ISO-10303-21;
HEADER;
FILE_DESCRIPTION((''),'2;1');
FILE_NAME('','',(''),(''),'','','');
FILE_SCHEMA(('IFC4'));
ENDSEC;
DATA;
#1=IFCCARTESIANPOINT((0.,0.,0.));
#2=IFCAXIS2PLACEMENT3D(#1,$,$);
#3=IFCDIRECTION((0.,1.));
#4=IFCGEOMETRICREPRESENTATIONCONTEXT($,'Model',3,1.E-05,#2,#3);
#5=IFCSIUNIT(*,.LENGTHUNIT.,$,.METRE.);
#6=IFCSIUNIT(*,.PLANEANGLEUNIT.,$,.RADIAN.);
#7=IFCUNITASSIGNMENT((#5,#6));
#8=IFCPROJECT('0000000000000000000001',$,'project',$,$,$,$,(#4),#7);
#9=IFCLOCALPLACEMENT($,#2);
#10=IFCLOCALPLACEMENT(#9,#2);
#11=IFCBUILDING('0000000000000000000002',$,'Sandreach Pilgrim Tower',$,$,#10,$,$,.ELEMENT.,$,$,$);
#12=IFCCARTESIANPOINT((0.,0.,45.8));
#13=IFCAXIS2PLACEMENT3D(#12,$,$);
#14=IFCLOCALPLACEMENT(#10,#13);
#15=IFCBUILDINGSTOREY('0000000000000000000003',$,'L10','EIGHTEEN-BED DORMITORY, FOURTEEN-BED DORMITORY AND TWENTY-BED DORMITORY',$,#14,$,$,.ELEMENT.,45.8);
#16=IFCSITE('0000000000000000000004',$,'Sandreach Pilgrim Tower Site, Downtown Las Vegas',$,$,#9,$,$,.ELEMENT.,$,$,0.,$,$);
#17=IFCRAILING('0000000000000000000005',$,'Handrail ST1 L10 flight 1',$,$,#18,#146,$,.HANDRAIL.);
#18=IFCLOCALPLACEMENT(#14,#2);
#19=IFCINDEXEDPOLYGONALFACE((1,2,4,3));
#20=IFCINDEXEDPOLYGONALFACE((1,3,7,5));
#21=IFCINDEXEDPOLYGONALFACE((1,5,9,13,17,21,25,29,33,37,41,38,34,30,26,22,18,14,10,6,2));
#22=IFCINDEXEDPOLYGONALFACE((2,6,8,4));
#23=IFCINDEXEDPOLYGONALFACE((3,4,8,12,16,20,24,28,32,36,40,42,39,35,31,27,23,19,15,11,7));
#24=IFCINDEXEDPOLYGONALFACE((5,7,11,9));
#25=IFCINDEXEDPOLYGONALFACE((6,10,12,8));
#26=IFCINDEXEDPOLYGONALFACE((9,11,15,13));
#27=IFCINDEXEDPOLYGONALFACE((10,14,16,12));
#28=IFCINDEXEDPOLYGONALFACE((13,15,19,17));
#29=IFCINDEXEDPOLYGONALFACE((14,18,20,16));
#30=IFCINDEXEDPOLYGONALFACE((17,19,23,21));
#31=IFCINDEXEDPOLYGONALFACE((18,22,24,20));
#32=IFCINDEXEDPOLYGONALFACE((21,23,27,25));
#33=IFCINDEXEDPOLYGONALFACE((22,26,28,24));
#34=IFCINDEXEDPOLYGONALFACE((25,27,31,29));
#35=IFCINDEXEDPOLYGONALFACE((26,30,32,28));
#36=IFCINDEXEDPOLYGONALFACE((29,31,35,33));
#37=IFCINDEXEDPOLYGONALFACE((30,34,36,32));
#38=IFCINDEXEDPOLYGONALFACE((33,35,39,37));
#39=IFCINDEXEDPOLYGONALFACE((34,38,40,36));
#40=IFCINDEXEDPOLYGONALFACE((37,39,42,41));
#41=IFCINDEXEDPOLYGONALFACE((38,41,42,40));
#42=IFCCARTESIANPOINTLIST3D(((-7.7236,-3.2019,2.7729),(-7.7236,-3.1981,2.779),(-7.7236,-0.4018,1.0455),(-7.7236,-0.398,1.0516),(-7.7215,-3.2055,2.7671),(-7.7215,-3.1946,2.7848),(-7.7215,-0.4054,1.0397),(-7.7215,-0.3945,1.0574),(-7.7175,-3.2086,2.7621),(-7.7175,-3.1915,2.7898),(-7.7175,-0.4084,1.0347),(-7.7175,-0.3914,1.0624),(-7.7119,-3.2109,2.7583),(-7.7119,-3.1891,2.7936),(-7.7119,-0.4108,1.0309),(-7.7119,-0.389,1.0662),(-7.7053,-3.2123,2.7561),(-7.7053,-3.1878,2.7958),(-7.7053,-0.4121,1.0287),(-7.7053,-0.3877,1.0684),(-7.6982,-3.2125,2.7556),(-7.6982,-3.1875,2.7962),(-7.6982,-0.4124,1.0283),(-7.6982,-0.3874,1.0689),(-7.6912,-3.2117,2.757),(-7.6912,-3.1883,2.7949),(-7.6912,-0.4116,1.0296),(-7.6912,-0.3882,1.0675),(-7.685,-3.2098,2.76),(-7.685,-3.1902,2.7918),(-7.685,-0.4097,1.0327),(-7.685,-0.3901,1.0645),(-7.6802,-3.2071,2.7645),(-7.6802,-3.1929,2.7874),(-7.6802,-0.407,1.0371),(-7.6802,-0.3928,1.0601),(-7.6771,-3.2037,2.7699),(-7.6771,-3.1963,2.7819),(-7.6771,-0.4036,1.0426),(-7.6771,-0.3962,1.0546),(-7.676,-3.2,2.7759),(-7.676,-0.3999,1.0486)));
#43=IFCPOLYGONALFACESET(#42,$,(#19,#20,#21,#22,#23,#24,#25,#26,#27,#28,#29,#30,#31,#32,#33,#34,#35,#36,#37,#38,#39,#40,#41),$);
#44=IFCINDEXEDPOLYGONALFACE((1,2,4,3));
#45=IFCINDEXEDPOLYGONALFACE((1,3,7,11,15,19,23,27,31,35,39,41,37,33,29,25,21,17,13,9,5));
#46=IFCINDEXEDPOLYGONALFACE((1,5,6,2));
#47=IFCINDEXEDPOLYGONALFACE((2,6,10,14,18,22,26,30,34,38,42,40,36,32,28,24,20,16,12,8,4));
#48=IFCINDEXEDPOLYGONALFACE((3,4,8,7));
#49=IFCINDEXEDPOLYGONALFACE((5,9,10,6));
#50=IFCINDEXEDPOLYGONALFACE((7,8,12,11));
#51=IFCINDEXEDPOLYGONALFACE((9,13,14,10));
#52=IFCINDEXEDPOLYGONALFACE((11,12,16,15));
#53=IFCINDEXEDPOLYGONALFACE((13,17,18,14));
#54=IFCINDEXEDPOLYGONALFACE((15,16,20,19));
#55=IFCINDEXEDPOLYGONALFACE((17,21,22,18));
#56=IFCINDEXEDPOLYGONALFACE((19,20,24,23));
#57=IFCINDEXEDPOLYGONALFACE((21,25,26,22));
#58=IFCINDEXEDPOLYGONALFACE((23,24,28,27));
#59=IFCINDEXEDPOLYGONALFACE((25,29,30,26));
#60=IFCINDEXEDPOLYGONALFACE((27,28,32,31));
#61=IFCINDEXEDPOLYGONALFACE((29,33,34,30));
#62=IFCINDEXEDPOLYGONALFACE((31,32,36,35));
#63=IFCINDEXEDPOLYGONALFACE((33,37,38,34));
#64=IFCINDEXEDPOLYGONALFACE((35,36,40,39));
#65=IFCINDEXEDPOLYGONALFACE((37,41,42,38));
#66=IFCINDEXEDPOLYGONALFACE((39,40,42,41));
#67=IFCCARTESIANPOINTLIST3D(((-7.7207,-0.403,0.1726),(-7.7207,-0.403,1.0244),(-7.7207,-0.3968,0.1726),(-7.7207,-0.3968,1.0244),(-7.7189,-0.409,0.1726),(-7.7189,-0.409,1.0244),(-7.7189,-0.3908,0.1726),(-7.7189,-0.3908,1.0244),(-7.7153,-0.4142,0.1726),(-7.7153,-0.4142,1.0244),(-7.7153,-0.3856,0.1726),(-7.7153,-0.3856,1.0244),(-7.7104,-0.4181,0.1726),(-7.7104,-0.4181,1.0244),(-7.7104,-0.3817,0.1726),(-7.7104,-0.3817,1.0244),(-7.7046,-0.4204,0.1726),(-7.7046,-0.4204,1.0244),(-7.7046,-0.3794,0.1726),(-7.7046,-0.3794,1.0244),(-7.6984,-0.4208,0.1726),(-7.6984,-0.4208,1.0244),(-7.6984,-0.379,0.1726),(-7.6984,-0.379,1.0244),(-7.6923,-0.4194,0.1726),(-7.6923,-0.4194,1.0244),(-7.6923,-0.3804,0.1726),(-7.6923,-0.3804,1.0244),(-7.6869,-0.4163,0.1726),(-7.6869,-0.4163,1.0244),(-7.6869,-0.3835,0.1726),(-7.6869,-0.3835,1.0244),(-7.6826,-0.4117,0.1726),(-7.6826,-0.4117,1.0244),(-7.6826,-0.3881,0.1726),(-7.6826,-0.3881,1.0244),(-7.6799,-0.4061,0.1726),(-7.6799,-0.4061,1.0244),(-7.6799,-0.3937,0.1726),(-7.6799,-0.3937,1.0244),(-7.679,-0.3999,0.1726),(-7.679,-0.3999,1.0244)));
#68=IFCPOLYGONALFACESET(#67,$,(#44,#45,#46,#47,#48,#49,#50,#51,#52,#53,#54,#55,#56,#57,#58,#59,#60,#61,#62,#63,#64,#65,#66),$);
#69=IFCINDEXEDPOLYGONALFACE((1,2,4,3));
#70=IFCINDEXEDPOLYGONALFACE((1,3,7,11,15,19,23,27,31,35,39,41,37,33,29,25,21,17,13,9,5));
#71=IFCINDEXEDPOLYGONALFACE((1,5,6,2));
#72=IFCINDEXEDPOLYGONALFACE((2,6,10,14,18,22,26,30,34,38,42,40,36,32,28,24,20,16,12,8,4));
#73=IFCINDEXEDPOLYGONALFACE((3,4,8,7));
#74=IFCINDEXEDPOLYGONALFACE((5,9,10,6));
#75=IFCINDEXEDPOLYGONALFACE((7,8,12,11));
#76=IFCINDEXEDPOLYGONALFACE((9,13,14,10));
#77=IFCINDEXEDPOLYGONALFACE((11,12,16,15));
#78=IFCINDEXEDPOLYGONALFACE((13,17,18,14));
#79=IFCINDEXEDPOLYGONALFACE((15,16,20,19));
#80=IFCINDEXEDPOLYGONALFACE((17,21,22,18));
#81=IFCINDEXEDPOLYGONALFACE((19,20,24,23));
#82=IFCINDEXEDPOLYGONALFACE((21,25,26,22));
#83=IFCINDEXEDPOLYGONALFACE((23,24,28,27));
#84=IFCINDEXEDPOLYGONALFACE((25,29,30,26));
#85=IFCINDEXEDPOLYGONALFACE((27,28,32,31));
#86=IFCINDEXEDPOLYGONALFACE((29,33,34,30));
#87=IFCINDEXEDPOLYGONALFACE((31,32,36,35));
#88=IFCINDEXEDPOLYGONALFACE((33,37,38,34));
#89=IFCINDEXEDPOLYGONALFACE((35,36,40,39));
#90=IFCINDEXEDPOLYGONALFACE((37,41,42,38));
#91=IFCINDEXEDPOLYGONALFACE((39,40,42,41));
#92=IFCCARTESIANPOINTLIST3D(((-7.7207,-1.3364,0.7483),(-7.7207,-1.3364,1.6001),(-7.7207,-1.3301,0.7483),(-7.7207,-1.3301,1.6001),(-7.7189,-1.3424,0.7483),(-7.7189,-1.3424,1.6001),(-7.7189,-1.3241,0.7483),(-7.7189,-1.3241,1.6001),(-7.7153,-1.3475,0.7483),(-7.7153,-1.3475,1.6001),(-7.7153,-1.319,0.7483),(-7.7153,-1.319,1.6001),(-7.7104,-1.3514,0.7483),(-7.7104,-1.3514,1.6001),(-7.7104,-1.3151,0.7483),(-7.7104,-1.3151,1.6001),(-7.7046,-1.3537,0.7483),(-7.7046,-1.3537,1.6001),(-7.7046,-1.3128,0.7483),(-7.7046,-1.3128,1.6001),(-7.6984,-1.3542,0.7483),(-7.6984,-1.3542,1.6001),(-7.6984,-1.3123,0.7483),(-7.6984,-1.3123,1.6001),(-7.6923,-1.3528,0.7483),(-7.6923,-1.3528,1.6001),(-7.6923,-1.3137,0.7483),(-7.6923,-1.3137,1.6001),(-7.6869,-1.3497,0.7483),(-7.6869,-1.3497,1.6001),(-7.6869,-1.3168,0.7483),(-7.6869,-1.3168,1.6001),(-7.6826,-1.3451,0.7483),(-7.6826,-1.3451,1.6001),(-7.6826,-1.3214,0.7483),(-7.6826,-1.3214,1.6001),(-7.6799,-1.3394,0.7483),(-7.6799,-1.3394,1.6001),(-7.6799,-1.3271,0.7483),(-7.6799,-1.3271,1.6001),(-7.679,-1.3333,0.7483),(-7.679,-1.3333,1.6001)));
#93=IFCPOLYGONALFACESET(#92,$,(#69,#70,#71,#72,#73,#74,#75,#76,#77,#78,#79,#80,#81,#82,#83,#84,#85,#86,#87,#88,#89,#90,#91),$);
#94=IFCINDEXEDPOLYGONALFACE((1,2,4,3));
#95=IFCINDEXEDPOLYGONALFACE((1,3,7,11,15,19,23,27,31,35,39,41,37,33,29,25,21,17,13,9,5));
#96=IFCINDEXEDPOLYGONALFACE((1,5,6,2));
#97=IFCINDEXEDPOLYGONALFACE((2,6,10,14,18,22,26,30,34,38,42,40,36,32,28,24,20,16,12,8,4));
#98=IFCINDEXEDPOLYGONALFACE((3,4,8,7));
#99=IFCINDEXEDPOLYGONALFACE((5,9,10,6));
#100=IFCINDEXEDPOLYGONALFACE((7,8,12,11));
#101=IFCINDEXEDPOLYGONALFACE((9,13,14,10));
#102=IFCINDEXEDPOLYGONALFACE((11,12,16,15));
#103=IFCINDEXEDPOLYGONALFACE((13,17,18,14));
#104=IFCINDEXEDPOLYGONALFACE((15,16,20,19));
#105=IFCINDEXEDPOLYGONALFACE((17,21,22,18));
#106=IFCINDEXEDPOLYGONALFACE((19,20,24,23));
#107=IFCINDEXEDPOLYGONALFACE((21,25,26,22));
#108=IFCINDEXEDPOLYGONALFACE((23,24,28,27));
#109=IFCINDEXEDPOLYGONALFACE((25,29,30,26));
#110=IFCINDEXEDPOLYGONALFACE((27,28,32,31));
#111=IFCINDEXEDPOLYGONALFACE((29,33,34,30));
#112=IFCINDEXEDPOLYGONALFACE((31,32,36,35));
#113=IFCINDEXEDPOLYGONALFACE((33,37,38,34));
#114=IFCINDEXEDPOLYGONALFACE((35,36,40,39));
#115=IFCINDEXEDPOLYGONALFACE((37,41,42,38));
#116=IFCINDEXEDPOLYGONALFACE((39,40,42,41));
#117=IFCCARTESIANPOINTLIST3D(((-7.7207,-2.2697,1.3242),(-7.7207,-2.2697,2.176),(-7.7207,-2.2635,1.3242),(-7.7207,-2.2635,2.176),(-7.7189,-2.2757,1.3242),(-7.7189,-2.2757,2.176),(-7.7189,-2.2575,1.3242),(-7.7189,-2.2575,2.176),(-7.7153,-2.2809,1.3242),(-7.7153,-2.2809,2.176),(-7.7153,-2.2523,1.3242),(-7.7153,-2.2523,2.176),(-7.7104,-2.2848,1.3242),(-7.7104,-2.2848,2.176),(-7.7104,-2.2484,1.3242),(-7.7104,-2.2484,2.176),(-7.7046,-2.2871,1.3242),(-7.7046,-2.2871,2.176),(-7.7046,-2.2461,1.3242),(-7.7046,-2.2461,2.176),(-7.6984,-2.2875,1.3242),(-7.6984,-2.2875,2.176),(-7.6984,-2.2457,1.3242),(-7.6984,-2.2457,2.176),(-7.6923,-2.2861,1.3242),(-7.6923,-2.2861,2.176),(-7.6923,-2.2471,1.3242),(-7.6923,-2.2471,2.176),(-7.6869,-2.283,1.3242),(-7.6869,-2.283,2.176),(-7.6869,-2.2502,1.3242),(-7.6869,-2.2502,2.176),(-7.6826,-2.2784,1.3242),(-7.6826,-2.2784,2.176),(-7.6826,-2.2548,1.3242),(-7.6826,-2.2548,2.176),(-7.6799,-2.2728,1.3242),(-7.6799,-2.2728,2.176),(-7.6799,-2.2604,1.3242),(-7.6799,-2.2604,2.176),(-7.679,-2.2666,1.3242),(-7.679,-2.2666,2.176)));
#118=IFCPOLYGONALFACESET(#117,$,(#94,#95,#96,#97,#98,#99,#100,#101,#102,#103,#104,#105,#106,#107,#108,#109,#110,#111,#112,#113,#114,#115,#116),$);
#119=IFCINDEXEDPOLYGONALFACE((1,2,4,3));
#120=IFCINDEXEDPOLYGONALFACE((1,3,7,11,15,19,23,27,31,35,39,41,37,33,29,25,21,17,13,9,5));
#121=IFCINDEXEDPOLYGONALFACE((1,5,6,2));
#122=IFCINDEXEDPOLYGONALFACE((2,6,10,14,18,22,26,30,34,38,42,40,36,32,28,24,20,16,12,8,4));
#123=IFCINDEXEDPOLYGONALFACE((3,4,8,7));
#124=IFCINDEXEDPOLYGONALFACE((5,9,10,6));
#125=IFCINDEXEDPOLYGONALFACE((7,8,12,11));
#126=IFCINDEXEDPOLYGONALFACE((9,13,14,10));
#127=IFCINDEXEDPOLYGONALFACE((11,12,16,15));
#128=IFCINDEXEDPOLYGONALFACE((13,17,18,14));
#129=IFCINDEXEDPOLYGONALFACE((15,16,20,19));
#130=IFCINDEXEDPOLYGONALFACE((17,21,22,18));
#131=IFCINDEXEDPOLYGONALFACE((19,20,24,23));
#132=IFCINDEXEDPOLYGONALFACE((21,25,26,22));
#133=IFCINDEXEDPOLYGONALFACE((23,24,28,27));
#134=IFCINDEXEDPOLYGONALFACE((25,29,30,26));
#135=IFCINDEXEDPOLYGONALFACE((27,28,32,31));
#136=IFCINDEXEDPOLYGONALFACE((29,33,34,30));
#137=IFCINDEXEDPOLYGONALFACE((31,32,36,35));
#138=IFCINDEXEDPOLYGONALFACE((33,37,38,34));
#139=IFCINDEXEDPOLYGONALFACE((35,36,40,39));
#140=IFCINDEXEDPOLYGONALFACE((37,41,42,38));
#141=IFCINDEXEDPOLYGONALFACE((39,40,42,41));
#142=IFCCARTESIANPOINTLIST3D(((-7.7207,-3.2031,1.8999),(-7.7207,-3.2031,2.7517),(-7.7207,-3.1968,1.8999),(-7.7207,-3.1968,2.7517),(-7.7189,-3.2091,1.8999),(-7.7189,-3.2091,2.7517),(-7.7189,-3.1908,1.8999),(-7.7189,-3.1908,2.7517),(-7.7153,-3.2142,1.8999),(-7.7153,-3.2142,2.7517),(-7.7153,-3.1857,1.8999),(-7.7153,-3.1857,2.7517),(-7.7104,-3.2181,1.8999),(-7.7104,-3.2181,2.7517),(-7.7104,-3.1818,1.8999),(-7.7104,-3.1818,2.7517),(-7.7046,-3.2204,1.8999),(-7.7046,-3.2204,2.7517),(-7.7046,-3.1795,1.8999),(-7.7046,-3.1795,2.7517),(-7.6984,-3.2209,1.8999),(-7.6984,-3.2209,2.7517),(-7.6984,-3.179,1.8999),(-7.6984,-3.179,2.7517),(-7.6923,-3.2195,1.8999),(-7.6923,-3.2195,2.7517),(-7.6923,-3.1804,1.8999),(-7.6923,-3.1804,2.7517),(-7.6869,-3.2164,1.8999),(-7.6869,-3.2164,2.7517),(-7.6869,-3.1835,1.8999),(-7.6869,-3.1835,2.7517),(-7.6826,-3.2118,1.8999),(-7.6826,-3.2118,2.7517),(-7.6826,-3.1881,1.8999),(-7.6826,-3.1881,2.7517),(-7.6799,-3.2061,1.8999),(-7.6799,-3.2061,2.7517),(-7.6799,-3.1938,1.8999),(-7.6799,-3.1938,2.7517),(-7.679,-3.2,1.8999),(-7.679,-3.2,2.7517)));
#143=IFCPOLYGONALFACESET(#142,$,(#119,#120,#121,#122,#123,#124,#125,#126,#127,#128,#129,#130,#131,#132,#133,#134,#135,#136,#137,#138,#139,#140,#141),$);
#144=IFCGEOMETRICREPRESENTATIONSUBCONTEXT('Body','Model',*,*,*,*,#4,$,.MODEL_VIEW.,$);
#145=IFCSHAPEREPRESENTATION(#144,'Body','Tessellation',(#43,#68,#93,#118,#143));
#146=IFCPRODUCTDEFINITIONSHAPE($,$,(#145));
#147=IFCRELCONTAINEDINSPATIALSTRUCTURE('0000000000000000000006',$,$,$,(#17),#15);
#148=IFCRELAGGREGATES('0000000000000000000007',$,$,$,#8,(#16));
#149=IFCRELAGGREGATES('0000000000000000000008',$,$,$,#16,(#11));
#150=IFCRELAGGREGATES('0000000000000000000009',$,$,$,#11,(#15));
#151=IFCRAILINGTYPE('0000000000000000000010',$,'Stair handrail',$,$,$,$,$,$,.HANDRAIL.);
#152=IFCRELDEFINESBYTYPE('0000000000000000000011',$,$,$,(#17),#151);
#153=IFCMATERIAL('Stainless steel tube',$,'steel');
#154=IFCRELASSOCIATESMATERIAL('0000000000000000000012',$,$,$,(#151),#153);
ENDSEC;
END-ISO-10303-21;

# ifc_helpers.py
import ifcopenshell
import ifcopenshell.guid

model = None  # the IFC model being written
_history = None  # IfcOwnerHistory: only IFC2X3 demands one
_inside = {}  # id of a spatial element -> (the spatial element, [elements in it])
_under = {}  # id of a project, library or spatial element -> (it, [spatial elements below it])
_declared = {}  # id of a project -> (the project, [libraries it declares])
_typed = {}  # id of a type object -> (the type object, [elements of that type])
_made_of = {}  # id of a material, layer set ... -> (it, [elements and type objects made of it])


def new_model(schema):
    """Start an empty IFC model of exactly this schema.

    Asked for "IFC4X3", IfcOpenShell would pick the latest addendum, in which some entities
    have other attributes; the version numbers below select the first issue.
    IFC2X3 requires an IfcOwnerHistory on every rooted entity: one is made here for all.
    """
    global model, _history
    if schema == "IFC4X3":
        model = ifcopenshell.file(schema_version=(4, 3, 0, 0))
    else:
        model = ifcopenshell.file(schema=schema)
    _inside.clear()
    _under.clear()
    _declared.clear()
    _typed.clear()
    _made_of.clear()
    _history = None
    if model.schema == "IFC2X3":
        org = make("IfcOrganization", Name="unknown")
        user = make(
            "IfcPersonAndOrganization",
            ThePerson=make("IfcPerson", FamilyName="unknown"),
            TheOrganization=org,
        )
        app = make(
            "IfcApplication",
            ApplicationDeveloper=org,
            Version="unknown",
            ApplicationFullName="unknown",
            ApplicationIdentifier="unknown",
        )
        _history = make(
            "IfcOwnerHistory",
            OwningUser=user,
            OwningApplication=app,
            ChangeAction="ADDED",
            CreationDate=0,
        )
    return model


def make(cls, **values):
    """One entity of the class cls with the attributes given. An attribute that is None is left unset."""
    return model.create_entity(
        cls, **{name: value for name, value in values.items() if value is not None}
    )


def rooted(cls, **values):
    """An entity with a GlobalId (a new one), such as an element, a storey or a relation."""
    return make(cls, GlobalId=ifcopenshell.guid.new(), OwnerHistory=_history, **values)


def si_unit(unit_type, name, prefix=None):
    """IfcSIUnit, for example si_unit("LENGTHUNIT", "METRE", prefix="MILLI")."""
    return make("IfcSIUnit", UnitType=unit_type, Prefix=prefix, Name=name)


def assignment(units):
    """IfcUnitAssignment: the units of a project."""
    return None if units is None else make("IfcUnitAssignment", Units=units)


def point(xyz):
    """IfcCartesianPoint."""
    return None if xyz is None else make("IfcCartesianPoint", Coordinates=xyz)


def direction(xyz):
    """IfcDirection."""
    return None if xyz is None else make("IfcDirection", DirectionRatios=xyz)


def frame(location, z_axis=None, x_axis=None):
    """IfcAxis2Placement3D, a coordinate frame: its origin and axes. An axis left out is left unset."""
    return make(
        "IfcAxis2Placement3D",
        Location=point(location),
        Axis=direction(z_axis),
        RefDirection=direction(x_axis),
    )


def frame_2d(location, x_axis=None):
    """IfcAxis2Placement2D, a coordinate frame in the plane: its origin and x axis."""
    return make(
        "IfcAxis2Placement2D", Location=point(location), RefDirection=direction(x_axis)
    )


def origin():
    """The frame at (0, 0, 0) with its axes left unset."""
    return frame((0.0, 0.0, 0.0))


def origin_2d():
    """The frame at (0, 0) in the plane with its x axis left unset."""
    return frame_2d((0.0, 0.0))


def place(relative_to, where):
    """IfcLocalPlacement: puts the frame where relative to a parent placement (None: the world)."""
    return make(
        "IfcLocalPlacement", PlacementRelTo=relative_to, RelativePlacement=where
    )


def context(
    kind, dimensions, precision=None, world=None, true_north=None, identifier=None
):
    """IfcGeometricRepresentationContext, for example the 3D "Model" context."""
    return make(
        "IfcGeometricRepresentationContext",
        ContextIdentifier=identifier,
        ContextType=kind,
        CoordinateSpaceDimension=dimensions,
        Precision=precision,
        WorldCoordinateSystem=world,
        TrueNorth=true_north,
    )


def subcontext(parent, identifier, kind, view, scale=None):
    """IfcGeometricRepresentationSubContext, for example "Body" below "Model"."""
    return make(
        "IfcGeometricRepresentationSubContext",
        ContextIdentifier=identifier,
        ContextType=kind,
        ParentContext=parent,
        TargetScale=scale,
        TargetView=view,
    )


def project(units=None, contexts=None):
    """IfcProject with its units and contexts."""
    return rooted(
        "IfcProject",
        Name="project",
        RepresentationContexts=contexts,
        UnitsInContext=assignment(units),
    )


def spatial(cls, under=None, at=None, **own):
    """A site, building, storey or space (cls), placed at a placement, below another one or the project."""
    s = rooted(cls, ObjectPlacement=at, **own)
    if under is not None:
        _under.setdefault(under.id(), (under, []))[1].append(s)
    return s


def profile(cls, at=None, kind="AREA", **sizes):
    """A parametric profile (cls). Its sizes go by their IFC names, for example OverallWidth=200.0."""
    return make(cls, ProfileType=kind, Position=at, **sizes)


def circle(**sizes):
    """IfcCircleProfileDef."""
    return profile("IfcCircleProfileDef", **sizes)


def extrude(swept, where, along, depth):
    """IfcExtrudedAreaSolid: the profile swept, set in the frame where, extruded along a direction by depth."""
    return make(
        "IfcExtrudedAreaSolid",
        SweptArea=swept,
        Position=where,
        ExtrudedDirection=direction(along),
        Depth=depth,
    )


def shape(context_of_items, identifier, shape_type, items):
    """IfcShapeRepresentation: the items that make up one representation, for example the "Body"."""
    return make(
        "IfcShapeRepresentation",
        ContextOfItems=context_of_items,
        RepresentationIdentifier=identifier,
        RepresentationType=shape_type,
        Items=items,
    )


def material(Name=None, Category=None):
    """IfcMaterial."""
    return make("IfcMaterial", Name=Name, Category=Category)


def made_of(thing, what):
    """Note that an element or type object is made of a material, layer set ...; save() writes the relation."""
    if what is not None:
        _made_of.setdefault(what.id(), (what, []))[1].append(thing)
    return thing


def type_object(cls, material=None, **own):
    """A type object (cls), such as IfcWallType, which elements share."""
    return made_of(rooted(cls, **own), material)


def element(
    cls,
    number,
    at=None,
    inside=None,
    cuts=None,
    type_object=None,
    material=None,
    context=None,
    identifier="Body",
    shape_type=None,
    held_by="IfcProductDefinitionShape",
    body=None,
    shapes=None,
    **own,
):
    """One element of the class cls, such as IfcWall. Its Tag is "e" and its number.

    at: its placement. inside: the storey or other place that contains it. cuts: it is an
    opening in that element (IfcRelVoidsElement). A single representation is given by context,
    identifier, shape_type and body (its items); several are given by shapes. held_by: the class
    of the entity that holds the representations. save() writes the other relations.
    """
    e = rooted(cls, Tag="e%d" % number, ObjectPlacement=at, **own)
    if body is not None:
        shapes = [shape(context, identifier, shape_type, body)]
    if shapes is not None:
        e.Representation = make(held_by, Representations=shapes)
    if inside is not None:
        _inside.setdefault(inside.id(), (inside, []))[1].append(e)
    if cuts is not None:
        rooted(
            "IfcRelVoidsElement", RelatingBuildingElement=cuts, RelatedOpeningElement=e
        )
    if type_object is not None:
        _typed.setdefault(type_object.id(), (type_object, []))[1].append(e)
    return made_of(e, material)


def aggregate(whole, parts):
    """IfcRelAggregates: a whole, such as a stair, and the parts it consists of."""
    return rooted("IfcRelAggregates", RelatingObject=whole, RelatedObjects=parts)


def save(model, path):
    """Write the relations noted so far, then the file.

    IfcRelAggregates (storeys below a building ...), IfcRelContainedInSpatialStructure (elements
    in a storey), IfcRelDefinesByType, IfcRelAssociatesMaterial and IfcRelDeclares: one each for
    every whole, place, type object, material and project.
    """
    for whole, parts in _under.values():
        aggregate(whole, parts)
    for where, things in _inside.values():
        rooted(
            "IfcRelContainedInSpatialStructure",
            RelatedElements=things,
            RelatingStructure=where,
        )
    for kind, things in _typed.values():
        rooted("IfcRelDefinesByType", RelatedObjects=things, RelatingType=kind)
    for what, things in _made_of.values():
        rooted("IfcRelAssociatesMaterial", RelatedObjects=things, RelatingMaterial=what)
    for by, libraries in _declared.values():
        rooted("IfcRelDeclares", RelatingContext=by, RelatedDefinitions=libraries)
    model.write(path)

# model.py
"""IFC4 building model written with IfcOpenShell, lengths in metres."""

from ifc_helpers import new_model, si_unit, direction, frame, origin, origin_2d, place, context, subcontext, project, spatial, circle, extrude, material, type_object, element, save


model = new_model("IFC4")

# Units and contexts
model_context = context("Model", 3, precision=1e-05, world=origin(), true_north=direction((0.0, 1.0)))
body_context = subcontext(model_context, "Body", "Model", "MODEL_VIEW")
ifc_project = project(units=[si_unit("LENGTHUNIT", "METRE"), si_unit("PLANEANGLEUNIT", "RADIAN")], contexts=[model_context])

# Site, building, storey
site_placement = place(None, origin())
site = spatial("IfcSite", under=ifc_project, at=site_placement, Name="Sandreach Pilgrim Tower Site, Downtown Las Vegas", CompositionType="ELEMENT", RefElevation=0.0)
building_placement = place(site_placement, origin())
building = spatial("IfcBuilding", under=site, at=building_placement, Name="Sandreach Pilgrim Tower", CompositionType="ELEMENT")
storey_placement = place(building_placement, frame((0.0, 0.0, 45.8)))
storey = spatial("IfcBuildingStorey", under=building, at=storey_placement, Name="L10", Description="EIGHTEEN-BED DORMITORY, FOURTEEN-BED DORMITORY AND TWENTY-BED DORMITORY", CompositionType="ELEMENT", Elevation=45.8)

# Railing
ifc_material_1 = material(Name="Stainless steel tube", Category="steel")
railing_type = type_object("IfcRailingType", Name="Stair handrail", PredefinedType="HANDRAIL", material=ifc_material_1)
railing_placement = place(storey_placement, frame((-7.7, -0.3999, 0.1726)))
element("IfcRailing", 1, at=railing_placement, inside=storey, type_object=railing_type, Name="Handrail ST1 L10 flight 1", PredefinedType="HANDRAIL", context=body_context, shape_type="SweptSolid", body=[
    extrude(circle(Radius=0.0239, at=origin_2d()), frame((0.0, 0.0, 0.876), z_axis=(0.0, -0.85109, 0.52502), x_axis=(1.0, 0.0, 0.0)), (0.0, 0.0, 1.0), 3.29),
    extrude(circle(Radius=0.021, at=origin_2d()), origin(), (0.0, 0.0, 1.0), 0.8518),
    extrude(circle(Radius=0.021, at=origin_2d()), frame((0.0, -0.9333, 0.5757)), (0.0, 0.0, 1.0), 0.8518),
    extrude(circle(Radius=0.021, at=origin_2d()), frame((0.0, -1.8667, 1.1516)), (0.0, 0.0, 1.0), 0.8518),
    extrude(circle(Radius=0.021, at=origin_2d()), frame((0.0, -2.8, 1.7273)), (0.0, 0.0, 1.0), 0.8518),
])

save(model, "model.ifc")
